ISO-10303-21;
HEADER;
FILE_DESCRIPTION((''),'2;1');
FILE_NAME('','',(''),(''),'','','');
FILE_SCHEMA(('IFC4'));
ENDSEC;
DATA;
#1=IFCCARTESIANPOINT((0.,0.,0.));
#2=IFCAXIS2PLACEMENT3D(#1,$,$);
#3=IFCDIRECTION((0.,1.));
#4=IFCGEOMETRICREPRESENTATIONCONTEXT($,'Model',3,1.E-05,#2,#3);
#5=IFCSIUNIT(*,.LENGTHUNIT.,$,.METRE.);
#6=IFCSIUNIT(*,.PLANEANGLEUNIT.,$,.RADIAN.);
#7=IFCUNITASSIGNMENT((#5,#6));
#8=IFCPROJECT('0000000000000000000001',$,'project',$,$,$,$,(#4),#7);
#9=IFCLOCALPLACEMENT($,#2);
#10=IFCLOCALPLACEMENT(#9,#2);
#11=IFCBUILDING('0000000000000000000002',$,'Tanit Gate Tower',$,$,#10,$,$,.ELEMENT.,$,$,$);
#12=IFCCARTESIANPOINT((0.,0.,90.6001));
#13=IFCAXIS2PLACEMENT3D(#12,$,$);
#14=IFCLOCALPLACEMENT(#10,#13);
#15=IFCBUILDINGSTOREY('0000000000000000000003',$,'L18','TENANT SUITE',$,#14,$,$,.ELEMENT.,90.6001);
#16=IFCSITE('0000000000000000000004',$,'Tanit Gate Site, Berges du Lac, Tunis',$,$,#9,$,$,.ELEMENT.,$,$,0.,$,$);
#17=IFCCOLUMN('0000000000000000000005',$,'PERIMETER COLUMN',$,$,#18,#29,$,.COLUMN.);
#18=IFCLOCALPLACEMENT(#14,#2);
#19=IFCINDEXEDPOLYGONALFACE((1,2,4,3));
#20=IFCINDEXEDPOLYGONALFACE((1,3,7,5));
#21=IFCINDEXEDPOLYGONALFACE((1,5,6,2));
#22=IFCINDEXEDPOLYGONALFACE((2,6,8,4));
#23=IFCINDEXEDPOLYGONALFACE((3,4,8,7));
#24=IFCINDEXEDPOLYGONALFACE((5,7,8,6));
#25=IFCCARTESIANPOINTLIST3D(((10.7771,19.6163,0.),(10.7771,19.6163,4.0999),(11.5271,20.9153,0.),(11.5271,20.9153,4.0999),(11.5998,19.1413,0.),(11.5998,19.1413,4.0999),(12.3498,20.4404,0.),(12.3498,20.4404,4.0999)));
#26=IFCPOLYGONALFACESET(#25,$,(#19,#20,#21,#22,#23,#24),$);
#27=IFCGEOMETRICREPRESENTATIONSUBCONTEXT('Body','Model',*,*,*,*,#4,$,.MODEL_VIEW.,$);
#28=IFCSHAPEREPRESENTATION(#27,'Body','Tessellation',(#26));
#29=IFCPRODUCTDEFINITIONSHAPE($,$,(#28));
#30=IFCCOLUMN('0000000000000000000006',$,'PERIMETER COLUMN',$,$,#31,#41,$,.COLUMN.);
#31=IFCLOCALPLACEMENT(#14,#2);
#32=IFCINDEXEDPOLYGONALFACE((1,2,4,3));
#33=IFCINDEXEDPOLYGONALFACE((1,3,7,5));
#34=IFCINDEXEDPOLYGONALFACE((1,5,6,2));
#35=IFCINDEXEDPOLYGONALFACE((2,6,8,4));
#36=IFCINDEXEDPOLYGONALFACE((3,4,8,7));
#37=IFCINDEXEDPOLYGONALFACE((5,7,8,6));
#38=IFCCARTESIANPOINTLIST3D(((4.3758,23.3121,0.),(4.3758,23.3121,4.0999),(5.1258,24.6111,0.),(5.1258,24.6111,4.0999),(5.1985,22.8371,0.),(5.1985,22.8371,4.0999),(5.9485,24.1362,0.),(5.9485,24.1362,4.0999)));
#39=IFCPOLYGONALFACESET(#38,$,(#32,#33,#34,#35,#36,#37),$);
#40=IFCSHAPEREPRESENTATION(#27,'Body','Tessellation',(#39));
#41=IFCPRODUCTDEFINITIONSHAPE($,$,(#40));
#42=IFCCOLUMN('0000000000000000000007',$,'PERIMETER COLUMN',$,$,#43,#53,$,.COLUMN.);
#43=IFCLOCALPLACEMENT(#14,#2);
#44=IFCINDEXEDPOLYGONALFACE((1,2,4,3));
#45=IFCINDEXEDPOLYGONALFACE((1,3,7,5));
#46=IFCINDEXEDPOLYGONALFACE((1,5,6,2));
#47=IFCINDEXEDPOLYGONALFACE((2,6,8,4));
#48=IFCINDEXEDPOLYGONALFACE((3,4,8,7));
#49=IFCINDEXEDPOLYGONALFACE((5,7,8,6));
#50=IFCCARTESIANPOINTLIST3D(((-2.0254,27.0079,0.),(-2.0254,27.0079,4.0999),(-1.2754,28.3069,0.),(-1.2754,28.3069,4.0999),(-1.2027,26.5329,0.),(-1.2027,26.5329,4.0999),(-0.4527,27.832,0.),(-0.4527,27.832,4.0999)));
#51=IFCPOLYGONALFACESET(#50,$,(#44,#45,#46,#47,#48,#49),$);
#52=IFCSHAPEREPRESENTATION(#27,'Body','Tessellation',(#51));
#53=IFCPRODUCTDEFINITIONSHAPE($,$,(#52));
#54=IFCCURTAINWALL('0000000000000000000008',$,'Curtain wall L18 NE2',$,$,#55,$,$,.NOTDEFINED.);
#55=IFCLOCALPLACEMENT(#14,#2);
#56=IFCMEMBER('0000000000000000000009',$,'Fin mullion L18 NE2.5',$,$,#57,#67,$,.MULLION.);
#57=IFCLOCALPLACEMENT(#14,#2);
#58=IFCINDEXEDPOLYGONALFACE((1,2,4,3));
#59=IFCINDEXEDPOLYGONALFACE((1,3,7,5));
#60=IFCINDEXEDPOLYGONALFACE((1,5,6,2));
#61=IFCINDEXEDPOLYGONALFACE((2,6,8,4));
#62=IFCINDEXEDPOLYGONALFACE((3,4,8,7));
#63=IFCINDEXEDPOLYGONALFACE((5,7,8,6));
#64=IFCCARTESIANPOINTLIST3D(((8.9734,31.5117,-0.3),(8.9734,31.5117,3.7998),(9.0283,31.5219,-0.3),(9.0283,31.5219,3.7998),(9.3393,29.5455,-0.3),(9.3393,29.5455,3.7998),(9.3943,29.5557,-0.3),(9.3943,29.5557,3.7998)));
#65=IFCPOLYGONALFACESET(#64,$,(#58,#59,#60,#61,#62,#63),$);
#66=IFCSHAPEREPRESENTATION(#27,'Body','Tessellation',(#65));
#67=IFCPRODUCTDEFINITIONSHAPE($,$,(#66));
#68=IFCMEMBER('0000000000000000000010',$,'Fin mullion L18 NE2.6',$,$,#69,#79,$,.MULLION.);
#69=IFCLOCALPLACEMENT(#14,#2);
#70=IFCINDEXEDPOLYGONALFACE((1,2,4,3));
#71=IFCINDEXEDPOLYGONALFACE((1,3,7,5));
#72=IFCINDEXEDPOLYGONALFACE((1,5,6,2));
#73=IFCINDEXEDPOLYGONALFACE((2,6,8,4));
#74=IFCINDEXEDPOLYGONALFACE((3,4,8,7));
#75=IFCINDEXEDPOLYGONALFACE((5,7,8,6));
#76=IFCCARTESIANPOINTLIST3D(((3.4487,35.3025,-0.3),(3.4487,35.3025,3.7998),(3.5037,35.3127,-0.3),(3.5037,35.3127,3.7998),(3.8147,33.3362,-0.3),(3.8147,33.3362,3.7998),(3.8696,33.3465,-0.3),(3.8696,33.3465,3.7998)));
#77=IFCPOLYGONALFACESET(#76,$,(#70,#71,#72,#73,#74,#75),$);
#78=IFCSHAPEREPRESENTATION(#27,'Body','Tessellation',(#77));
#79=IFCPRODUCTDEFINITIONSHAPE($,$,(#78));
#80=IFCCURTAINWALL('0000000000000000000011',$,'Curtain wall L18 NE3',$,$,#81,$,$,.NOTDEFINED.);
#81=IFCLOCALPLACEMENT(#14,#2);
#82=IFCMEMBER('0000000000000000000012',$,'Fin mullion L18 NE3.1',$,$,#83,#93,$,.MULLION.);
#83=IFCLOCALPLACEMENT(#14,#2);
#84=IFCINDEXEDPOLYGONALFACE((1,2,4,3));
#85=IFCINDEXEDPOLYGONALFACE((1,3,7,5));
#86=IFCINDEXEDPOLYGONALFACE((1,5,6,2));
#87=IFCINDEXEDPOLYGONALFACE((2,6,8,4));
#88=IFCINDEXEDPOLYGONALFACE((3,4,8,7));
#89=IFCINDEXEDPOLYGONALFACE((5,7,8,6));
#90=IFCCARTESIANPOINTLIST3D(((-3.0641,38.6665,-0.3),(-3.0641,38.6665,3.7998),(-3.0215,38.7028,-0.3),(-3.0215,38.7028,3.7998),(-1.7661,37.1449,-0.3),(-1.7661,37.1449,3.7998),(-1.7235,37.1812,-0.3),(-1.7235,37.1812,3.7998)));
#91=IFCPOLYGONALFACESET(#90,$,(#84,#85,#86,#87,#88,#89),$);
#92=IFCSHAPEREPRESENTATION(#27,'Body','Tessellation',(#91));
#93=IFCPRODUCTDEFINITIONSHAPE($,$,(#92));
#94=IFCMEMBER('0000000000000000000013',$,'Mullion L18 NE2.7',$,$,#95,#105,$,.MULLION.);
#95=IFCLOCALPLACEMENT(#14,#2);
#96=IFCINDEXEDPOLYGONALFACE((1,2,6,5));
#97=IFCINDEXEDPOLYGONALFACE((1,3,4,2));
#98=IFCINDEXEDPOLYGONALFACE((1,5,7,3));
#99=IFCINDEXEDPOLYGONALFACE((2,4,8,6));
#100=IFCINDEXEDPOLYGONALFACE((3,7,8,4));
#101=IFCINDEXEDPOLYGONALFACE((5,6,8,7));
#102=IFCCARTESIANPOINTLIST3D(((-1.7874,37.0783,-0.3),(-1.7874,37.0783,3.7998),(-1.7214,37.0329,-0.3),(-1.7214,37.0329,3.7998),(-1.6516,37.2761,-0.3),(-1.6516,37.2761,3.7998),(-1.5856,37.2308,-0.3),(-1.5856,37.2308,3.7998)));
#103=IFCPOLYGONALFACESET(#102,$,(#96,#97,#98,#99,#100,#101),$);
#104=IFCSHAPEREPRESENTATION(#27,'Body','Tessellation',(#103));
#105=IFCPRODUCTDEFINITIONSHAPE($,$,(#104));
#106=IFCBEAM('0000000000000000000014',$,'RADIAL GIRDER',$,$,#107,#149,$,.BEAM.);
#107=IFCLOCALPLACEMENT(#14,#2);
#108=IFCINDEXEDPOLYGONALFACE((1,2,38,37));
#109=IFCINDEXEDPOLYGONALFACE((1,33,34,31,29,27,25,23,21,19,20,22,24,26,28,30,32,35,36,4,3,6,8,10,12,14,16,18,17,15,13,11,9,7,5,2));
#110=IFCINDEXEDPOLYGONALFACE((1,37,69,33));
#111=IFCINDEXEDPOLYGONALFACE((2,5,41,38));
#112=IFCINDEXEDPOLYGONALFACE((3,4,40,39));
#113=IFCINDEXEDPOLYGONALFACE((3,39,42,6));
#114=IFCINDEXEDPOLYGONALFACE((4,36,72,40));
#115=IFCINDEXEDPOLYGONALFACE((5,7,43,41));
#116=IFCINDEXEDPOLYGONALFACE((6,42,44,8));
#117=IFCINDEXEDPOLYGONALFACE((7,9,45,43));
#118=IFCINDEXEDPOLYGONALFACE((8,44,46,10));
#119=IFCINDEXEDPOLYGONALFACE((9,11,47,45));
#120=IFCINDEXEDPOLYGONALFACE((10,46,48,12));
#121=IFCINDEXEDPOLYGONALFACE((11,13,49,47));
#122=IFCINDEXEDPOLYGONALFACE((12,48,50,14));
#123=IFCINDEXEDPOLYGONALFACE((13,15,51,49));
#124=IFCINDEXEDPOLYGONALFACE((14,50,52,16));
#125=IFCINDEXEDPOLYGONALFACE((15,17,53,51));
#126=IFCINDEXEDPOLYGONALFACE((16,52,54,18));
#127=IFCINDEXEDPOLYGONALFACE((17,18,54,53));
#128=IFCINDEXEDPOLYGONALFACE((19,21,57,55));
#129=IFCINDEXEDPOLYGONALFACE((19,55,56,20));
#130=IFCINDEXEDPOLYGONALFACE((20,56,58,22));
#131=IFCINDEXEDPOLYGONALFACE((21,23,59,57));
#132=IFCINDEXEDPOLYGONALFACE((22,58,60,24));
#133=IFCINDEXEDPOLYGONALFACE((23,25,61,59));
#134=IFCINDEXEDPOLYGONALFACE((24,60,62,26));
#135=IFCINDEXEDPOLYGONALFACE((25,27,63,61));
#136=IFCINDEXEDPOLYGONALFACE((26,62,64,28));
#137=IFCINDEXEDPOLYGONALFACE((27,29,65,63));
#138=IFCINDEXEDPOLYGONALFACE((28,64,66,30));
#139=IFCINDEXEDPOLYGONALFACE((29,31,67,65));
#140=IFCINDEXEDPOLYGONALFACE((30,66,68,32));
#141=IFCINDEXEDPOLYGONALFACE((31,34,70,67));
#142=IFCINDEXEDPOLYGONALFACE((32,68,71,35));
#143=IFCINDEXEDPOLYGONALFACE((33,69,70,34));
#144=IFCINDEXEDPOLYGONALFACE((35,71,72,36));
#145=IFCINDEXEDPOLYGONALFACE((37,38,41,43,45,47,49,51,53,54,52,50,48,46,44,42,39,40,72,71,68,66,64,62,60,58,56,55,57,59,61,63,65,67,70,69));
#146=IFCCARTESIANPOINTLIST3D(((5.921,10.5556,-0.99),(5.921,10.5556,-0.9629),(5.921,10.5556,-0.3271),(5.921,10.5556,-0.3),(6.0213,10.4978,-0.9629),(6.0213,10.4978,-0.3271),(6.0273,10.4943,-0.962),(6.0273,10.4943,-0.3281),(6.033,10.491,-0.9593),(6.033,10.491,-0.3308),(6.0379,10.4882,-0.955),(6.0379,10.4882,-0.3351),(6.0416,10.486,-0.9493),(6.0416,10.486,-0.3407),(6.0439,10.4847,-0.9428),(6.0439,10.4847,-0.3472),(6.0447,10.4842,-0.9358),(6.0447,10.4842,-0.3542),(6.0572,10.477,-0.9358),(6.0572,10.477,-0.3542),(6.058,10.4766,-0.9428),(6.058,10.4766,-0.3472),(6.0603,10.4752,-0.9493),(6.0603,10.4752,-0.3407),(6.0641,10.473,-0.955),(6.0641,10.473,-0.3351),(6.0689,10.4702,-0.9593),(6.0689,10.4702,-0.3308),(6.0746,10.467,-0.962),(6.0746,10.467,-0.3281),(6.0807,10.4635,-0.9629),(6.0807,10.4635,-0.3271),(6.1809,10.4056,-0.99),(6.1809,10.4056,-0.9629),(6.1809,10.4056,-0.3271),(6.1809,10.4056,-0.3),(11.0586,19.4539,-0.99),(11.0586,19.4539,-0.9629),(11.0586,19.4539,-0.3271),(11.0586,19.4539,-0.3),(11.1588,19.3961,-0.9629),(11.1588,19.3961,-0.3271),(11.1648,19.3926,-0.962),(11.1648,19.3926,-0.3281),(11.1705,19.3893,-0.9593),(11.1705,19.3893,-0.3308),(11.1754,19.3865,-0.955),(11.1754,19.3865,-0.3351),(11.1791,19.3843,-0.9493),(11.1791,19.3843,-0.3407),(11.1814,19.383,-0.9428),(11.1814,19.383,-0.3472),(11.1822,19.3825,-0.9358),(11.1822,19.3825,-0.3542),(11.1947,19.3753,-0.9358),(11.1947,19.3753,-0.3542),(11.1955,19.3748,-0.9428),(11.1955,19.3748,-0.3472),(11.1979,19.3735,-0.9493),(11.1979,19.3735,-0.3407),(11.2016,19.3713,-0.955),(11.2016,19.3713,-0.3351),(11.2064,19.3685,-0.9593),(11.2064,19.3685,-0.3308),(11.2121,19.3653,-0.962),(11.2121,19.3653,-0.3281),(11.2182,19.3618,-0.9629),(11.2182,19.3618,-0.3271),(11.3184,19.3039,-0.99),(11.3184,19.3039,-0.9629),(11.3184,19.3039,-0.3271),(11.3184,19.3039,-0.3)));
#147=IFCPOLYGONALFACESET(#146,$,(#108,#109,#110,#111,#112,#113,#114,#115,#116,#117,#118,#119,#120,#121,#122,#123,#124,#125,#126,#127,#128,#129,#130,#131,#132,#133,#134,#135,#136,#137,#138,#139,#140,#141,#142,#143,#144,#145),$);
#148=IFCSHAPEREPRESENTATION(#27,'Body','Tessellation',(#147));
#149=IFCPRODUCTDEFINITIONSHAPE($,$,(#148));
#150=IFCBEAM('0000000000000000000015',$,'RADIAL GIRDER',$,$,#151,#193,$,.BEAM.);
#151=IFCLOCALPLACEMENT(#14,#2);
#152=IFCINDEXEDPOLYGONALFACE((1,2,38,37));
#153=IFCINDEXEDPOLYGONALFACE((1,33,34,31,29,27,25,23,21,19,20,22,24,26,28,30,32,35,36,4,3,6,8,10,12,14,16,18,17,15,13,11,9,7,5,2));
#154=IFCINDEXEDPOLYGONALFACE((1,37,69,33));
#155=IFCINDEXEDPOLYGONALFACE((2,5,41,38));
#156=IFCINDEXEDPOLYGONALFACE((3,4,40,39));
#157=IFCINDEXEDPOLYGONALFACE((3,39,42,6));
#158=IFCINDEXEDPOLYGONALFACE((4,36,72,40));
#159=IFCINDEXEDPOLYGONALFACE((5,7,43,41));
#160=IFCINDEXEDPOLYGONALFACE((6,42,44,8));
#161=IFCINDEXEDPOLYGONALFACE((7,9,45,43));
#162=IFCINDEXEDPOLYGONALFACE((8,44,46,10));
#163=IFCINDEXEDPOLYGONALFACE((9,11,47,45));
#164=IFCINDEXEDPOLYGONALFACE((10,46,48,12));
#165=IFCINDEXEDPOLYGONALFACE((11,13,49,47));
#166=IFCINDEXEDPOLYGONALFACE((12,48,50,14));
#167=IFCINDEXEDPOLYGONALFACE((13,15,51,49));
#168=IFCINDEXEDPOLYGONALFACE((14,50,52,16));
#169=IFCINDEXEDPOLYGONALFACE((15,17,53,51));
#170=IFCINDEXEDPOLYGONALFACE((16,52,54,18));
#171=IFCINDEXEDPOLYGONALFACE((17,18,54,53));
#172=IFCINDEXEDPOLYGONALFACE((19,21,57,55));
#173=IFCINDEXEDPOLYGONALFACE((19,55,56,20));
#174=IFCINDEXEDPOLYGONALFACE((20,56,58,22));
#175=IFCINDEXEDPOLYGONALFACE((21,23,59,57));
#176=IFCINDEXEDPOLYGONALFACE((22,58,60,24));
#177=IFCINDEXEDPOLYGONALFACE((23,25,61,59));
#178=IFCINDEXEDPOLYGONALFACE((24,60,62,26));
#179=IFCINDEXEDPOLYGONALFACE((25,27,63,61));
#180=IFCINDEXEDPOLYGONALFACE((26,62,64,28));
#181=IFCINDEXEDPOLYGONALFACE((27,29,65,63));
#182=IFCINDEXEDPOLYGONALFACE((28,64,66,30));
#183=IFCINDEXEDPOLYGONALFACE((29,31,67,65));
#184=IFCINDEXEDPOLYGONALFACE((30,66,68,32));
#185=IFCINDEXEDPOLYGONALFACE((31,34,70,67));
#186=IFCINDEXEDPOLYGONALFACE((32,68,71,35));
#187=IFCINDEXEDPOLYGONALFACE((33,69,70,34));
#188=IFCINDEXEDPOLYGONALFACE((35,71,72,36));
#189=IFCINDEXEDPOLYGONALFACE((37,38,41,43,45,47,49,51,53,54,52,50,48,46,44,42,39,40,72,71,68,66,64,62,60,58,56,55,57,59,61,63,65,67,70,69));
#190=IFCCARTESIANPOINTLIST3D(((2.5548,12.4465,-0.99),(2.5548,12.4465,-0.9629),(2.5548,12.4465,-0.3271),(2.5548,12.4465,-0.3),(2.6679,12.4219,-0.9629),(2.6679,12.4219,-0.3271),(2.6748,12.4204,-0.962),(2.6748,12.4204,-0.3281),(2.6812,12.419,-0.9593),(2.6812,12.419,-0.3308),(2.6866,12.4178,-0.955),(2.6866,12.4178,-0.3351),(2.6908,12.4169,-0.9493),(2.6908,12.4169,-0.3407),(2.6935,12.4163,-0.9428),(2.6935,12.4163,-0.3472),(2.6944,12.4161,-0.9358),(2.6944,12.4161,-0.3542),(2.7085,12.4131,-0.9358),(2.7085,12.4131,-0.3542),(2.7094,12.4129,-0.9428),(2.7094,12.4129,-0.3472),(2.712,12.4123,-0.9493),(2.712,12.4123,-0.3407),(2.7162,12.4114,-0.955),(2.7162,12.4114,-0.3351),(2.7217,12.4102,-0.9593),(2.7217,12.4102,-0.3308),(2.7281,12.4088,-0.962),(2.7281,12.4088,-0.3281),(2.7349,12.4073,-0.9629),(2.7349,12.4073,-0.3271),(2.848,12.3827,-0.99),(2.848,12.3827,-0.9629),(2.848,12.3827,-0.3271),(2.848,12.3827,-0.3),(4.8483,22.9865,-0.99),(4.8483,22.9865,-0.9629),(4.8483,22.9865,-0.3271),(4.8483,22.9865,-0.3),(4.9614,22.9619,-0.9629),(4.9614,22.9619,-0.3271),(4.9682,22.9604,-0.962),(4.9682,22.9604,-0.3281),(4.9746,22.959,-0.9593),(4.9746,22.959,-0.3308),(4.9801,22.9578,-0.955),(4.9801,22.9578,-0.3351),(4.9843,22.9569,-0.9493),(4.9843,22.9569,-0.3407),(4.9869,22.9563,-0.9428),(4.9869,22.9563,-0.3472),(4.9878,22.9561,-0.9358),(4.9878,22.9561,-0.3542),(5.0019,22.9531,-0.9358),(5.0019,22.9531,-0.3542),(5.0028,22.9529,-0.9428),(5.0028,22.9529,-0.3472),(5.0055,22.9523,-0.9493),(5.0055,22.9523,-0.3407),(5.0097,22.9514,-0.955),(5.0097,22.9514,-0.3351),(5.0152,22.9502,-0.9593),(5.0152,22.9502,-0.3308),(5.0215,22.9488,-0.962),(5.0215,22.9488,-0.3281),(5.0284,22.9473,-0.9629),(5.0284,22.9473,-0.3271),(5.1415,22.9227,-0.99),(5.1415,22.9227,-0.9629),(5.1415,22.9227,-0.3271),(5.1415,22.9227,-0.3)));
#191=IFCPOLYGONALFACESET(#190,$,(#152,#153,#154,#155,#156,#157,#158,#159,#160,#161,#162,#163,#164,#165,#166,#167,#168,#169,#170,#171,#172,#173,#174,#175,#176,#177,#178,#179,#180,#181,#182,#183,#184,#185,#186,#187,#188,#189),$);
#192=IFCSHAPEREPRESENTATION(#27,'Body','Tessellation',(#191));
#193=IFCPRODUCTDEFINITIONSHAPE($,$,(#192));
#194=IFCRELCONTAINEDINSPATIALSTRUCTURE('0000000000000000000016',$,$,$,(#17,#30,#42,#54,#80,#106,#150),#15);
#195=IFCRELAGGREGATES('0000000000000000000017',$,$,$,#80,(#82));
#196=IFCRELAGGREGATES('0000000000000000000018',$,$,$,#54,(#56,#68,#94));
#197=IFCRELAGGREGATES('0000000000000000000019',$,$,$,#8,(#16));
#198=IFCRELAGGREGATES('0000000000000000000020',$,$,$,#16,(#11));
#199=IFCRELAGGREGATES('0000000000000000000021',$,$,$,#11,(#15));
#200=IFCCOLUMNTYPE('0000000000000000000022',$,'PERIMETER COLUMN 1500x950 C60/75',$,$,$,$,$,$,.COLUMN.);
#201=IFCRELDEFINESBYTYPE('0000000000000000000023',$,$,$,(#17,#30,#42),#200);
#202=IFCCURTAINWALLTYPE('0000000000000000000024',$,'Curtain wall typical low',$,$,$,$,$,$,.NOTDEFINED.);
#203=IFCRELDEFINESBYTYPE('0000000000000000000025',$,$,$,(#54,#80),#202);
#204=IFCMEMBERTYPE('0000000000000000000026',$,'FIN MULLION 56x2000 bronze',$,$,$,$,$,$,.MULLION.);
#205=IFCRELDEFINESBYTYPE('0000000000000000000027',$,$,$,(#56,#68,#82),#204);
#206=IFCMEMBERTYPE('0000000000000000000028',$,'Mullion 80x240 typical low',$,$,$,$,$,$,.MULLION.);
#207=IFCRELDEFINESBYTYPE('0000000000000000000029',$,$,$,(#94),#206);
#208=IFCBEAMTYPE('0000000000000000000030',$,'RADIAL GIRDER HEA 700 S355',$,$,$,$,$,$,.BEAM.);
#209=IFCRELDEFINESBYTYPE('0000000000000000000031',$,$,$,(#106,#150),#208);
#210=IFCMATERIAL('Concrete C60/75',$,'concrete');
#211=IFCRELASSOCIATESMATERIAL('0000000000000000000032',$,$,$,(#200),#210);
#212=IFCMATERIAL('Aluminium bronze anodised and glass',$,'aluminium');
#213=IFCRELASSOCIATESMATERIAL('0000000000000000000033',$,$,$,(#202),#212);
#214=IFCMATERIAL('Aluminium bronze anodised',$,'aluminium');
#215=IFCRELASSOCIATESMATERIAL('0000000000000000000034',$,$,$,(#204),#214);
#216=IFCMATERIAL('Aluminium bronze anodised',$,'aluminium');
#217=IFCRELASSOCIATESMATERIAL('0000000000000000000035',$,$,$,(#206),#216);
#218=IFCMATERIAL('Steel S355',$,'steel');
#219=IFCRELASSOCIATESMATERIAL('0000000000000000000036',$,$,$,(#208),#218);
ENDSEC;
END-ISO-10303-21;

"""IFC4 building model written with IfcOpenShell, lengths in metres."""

from ifc_helpers import new_model, si_unit, direction, frame, origin, origin_2d, place, context, subcontext, project, spatial, rectangle, i_section, extrude, material, material_profile, profile_set, type_object, element, aggregate, save


model = new_model("IFC4")

# Units and contexts
model_context = context("Model", 3, precision=1e-05, world=origin(), true_north=direction((0.0, 1.0)))
body_context = subcontext(model_context, "Body", "Model", "MODEL_VIEW")
ifc_project = project(units=[si_unit("LENGTHUNIT", "METRE"), si_unit("PLANEANGLEUNIT", "RADIAN")], contexts=[model_context])

# Site, building, storey
site_placement = place(None, origin())
site = spatial("IfcSite", under=ifc_project, at=site_placement, Name="Tanit Gate Site, Berges du Lac, Tunis", CompositionType="ELEMENT", RefElevation=0.0)
building_placement = place(site_placement, origin())
building = spatial("IfcBuilding", under=site, at=building_placement, Name="Tanit Gate Tower", CompositionType="ELEMENT")
storey_placement = place(building_placement, frame((0.0, 0.0, 90.6001)))
storey = spatial("IfcBuildingStorey", under=building, at=storey_placement, Name="L18", Description="TENANT SUITE", CompositionType="ELEMENT", Elevation=90.6001)

# Columns
ifc_material_1 = material(Name="Concrete C60/75", Category="concrete")
ifc_material_profile_1 = material_profile(ifc_material_1, rectangle(XDim=1.5, YDim=0.95, at=origin_2d()), Name="RC 1500x950")
ifc_profile_set_1 = profile_set([ifc_material_profile_1], Name="Concrete C60/75")
column_type = type_object("IfcColumnType", Name="PERIMETER COLUMN 1500x950 C60/75", PredefinedType="COLUMN", material=ifc_profile_set_1)
for number, where, z_axis, x_axis, name in (
    (1, (11.5635, 20.0283, 0.0), (0.0, 0.0, 1.0), (0.5, 0.866025, 0.0), "PERIMETER COLUMN"),
    (2, (5.1621, 23.7241, 0.0), (0.0, 0.0, 1.0), (0.5, 0.866025, 0.0), "PERIMETER COLUMN"),
    (3, (-1.239, 27.4199, 0.0), (0.0, 0.0, 1.0), (0.5, 0.866025, 0.0), "PERIMETER COLUMN"),
):
    element("IfcColumn", number, at=place(storey_placement, frame(where, z_axis=z_axis, x_axis=x_axis)), inside=storey, type_object=column_type, Name=name, PredefinedType="COLUMN", context=body_context, shape_type="SweptSolid", body=[
        extrude(rectangle(XDim=1.5, YDim=0.95, at=origin_2d()), origin(), (0.0, 0.0, 1.0), 4.0999),
    ])

# Curtain wall, members
ifc_material_2 = material(Name="Aluminium bronze anodised and glass", Category="aluminium")
curtain_wall_type = type_object("IfcCurtainWallType", Name="Curtain wall typical low", PredefinedType="NOTDEFINED", material=ifc_material_2)
curtain_wall_1_placement = place(storey_placement, origin())
curtain_wall_1 = element("IfcCurtainWall", 4, at=curtain_wall_1_placement, inside=storey, type_object=curtain_wall_type, Name="Curtain wall L18 NE2", PredefinedType="NOTDEFINED")
ifc_material_3 = material(Name="Aluminium bronze anodised", Category="aluminium")
ifc_material_profile_2 = material_profile(ifc_material_3, rectangle(XDim=2.0, YDim=0.0559, at=origin_2d()), Name="56x2000 bronze fin mullion")
ifc_profile_set_2 = profile_set([ifc_material_profile_2], Name="Aluminium bronze anodised")
member_type_1 = type_object("IfcMemberType", Name="FIN MULLION 56x2000 bronze", PredefinedType="MULLION", material=ifc_profile_set_2)
member_1_placement = place(storey_placement, frame((9.1838, 30.5337, -0.3), z_axis=(0.0, 0.0, 1.0), x_axis=(0.182983, -0.983116, 0.0)))
member_1 = element("IfcMember", 5, at=member_1_placement, type_object=member_type_1, Name="Fin mullion L18 NE2.5", PredefinedType="MULLION", context=body_context, shape_type="SweptSolid", body=[
    extrude(rectangle(XDim=2.0, YDim=0.0559, at=origin_2d()), origin(), (0.0, 0.0, 1.0), 4.0999),
])
member_2_placement = place(storey_placement, frame((3.6592, 34.3245, -0.3), z_axis=(0.0, 0.0, 1.0), x_axis=(0.182983, -0.983116, 0.0)))
member_2 = element("IfcMember", 6, at=member_2_placement, type_object=member_type_1, Name="Fin mullion L18 NE2.6", PredefinedType="MULLION", context=body_context, shape_type="SweptSolid", body=[
    extrude(rectangle(XDim=2.0, YDim=0.0559, at=origin_2d()), origin(), (0.0, 0.0, 1.0), 4.0999),
])

# Curtain wall, member
curtain_wall_2_placement = place(storey_placement, origin())
curtain_wall_2 = element("IfcCurtainWall", 7, at=curtain_wall_2_placement, inside=storey, type_object=curtain_wall_type, Name="Curtain wall L18 NE3", PredefinedType="NOTDEFINED")
member_3_placement = place(storey_placement, frame((-2.3938, 37.9238, -0.3), z_axis=(0.0, 0.0, 1.0), x_axis=(0.649001, -0.760787, 0.0)))
member_3 = element("IfcMember", 8, at=member_3_placement, type_object=member_type_1, Name="Fin mullion L18 NE3.1", PredefinedType="MULLION", context=body_context, shape_type="SweptSolid", body=[
    extrude(rectangle(XDim=2.0, YDim=0.0559, at=origin_2d()), origin(), (0.0, 0.0, 1.0), 4.0999),
])

# Member
ifc_material_4 = material(Name="Aluminium bronze anodised", Category="aluminium")
ifc_material_profile_3 = material_profile(ifc_material_4, rectangle(XDim=0.24, YDim=0.0801, at=origin_2d()), Name="80x240 bronze mullion")
ifc_profile_set_3 = profile_set([ifc_material_profile_3], Name="Aluminium bronze anodised")
member_type_2 = type_object("IfcMemberType", Name="Mullion 80x240 typical low", PredefinedType="MULLION", material=ifc_profile_set_3)
member_4_placement = place(storey_placement, frame((-1.6865, 37.1545, -0.3), z_axis=(0.0, 0.0, 1.0), x_axis=(-0.56578, -0.824557, 0.0)))
member_4 = element("IfcMember", 9, at=member_4_placement, type_object=member_type_2, Name="Mullion L18 NE2.7", PredefinedType="MULLION", context=body_context, shape_type="SweptSolid", body=[
    extrude(rectangle(XDim=0.24, YDim=0.0801, at=origin_2d()), origin(), (0.0, 0.0, 1.0), 4.0999),
])

# Beams
ifc_material_5 = material(Name="Steel S355", Category="steel")
ifc_material_profile_4 = material_profile(ifc_material_5, i_section(OverallWidth=0.3, OverallDepth=0.6899, WebThickness=0.0144, FlangeThickness=0.0271, FilletRadius=0.0271, at=origin_2d()), Name="HEA 700")
ifc_profile_set_4 = profile_set([ifc_material_profile_4], Name="Steel S355")
beam_type = type_object("IfcBeamType", Name="RADIAL GIRDER HEA 700 S355", PredefinedType="BEAM", material=ifc_profile_set_4)
beam_1_placement = place(storey_placement, frame((11.1885, 19.3789, -0.645), z_axis=(-0.500006, -0.866022, 0.0), x_axis=(0.866022, -0.500006, 0.0)))
element("IfcBeam", 10, at=beam_1_placement, inside=storey, type_object=beam_type, Name="RADIAL GIRDER", PredefinedType="BEAM", context=body_context, shape_type="SweptSolid", body=[
    extrude(i_section(OverallWidth=0.3, OverallDepth=0.6899, WebThickness=0.0144, FlangeThickness=0.0271, FilletRadius=0.0271, at=origin_2d()), origin(), (0.0, 0.0, 1.0), 10.2749),
])
beam_2_placement = place(storey_placement, frame((4.9949, 22.9546, -0.645), z_axis=(-0.212619, -0.977135, 0.0), x_axis=(0.977135, -0.212619, 0.0)))
element("IfcBeam", 11, at=beam_2_placement, inside=storey, type_object=beam_type, Name="RADIAL GIRDER", PredefinedType="BEAM", context=body_context, shape_type="SweptSolid", body=[
    extrude(i_section(OverallWidth=0.3, OverallDepth=0.6899, WebThickness=0.0144, FlangeThickness=0.0271, FilletRadius=0.0271, at=origin_2d()), origin(), (0.0, 0.0, 1.0), 10.7866),
])

aggregate(curtain_wall_2, [member_3])

aggregate(curtain_wall_1, [member_1, member_2, member_4])

save(model, "model.ifc")
